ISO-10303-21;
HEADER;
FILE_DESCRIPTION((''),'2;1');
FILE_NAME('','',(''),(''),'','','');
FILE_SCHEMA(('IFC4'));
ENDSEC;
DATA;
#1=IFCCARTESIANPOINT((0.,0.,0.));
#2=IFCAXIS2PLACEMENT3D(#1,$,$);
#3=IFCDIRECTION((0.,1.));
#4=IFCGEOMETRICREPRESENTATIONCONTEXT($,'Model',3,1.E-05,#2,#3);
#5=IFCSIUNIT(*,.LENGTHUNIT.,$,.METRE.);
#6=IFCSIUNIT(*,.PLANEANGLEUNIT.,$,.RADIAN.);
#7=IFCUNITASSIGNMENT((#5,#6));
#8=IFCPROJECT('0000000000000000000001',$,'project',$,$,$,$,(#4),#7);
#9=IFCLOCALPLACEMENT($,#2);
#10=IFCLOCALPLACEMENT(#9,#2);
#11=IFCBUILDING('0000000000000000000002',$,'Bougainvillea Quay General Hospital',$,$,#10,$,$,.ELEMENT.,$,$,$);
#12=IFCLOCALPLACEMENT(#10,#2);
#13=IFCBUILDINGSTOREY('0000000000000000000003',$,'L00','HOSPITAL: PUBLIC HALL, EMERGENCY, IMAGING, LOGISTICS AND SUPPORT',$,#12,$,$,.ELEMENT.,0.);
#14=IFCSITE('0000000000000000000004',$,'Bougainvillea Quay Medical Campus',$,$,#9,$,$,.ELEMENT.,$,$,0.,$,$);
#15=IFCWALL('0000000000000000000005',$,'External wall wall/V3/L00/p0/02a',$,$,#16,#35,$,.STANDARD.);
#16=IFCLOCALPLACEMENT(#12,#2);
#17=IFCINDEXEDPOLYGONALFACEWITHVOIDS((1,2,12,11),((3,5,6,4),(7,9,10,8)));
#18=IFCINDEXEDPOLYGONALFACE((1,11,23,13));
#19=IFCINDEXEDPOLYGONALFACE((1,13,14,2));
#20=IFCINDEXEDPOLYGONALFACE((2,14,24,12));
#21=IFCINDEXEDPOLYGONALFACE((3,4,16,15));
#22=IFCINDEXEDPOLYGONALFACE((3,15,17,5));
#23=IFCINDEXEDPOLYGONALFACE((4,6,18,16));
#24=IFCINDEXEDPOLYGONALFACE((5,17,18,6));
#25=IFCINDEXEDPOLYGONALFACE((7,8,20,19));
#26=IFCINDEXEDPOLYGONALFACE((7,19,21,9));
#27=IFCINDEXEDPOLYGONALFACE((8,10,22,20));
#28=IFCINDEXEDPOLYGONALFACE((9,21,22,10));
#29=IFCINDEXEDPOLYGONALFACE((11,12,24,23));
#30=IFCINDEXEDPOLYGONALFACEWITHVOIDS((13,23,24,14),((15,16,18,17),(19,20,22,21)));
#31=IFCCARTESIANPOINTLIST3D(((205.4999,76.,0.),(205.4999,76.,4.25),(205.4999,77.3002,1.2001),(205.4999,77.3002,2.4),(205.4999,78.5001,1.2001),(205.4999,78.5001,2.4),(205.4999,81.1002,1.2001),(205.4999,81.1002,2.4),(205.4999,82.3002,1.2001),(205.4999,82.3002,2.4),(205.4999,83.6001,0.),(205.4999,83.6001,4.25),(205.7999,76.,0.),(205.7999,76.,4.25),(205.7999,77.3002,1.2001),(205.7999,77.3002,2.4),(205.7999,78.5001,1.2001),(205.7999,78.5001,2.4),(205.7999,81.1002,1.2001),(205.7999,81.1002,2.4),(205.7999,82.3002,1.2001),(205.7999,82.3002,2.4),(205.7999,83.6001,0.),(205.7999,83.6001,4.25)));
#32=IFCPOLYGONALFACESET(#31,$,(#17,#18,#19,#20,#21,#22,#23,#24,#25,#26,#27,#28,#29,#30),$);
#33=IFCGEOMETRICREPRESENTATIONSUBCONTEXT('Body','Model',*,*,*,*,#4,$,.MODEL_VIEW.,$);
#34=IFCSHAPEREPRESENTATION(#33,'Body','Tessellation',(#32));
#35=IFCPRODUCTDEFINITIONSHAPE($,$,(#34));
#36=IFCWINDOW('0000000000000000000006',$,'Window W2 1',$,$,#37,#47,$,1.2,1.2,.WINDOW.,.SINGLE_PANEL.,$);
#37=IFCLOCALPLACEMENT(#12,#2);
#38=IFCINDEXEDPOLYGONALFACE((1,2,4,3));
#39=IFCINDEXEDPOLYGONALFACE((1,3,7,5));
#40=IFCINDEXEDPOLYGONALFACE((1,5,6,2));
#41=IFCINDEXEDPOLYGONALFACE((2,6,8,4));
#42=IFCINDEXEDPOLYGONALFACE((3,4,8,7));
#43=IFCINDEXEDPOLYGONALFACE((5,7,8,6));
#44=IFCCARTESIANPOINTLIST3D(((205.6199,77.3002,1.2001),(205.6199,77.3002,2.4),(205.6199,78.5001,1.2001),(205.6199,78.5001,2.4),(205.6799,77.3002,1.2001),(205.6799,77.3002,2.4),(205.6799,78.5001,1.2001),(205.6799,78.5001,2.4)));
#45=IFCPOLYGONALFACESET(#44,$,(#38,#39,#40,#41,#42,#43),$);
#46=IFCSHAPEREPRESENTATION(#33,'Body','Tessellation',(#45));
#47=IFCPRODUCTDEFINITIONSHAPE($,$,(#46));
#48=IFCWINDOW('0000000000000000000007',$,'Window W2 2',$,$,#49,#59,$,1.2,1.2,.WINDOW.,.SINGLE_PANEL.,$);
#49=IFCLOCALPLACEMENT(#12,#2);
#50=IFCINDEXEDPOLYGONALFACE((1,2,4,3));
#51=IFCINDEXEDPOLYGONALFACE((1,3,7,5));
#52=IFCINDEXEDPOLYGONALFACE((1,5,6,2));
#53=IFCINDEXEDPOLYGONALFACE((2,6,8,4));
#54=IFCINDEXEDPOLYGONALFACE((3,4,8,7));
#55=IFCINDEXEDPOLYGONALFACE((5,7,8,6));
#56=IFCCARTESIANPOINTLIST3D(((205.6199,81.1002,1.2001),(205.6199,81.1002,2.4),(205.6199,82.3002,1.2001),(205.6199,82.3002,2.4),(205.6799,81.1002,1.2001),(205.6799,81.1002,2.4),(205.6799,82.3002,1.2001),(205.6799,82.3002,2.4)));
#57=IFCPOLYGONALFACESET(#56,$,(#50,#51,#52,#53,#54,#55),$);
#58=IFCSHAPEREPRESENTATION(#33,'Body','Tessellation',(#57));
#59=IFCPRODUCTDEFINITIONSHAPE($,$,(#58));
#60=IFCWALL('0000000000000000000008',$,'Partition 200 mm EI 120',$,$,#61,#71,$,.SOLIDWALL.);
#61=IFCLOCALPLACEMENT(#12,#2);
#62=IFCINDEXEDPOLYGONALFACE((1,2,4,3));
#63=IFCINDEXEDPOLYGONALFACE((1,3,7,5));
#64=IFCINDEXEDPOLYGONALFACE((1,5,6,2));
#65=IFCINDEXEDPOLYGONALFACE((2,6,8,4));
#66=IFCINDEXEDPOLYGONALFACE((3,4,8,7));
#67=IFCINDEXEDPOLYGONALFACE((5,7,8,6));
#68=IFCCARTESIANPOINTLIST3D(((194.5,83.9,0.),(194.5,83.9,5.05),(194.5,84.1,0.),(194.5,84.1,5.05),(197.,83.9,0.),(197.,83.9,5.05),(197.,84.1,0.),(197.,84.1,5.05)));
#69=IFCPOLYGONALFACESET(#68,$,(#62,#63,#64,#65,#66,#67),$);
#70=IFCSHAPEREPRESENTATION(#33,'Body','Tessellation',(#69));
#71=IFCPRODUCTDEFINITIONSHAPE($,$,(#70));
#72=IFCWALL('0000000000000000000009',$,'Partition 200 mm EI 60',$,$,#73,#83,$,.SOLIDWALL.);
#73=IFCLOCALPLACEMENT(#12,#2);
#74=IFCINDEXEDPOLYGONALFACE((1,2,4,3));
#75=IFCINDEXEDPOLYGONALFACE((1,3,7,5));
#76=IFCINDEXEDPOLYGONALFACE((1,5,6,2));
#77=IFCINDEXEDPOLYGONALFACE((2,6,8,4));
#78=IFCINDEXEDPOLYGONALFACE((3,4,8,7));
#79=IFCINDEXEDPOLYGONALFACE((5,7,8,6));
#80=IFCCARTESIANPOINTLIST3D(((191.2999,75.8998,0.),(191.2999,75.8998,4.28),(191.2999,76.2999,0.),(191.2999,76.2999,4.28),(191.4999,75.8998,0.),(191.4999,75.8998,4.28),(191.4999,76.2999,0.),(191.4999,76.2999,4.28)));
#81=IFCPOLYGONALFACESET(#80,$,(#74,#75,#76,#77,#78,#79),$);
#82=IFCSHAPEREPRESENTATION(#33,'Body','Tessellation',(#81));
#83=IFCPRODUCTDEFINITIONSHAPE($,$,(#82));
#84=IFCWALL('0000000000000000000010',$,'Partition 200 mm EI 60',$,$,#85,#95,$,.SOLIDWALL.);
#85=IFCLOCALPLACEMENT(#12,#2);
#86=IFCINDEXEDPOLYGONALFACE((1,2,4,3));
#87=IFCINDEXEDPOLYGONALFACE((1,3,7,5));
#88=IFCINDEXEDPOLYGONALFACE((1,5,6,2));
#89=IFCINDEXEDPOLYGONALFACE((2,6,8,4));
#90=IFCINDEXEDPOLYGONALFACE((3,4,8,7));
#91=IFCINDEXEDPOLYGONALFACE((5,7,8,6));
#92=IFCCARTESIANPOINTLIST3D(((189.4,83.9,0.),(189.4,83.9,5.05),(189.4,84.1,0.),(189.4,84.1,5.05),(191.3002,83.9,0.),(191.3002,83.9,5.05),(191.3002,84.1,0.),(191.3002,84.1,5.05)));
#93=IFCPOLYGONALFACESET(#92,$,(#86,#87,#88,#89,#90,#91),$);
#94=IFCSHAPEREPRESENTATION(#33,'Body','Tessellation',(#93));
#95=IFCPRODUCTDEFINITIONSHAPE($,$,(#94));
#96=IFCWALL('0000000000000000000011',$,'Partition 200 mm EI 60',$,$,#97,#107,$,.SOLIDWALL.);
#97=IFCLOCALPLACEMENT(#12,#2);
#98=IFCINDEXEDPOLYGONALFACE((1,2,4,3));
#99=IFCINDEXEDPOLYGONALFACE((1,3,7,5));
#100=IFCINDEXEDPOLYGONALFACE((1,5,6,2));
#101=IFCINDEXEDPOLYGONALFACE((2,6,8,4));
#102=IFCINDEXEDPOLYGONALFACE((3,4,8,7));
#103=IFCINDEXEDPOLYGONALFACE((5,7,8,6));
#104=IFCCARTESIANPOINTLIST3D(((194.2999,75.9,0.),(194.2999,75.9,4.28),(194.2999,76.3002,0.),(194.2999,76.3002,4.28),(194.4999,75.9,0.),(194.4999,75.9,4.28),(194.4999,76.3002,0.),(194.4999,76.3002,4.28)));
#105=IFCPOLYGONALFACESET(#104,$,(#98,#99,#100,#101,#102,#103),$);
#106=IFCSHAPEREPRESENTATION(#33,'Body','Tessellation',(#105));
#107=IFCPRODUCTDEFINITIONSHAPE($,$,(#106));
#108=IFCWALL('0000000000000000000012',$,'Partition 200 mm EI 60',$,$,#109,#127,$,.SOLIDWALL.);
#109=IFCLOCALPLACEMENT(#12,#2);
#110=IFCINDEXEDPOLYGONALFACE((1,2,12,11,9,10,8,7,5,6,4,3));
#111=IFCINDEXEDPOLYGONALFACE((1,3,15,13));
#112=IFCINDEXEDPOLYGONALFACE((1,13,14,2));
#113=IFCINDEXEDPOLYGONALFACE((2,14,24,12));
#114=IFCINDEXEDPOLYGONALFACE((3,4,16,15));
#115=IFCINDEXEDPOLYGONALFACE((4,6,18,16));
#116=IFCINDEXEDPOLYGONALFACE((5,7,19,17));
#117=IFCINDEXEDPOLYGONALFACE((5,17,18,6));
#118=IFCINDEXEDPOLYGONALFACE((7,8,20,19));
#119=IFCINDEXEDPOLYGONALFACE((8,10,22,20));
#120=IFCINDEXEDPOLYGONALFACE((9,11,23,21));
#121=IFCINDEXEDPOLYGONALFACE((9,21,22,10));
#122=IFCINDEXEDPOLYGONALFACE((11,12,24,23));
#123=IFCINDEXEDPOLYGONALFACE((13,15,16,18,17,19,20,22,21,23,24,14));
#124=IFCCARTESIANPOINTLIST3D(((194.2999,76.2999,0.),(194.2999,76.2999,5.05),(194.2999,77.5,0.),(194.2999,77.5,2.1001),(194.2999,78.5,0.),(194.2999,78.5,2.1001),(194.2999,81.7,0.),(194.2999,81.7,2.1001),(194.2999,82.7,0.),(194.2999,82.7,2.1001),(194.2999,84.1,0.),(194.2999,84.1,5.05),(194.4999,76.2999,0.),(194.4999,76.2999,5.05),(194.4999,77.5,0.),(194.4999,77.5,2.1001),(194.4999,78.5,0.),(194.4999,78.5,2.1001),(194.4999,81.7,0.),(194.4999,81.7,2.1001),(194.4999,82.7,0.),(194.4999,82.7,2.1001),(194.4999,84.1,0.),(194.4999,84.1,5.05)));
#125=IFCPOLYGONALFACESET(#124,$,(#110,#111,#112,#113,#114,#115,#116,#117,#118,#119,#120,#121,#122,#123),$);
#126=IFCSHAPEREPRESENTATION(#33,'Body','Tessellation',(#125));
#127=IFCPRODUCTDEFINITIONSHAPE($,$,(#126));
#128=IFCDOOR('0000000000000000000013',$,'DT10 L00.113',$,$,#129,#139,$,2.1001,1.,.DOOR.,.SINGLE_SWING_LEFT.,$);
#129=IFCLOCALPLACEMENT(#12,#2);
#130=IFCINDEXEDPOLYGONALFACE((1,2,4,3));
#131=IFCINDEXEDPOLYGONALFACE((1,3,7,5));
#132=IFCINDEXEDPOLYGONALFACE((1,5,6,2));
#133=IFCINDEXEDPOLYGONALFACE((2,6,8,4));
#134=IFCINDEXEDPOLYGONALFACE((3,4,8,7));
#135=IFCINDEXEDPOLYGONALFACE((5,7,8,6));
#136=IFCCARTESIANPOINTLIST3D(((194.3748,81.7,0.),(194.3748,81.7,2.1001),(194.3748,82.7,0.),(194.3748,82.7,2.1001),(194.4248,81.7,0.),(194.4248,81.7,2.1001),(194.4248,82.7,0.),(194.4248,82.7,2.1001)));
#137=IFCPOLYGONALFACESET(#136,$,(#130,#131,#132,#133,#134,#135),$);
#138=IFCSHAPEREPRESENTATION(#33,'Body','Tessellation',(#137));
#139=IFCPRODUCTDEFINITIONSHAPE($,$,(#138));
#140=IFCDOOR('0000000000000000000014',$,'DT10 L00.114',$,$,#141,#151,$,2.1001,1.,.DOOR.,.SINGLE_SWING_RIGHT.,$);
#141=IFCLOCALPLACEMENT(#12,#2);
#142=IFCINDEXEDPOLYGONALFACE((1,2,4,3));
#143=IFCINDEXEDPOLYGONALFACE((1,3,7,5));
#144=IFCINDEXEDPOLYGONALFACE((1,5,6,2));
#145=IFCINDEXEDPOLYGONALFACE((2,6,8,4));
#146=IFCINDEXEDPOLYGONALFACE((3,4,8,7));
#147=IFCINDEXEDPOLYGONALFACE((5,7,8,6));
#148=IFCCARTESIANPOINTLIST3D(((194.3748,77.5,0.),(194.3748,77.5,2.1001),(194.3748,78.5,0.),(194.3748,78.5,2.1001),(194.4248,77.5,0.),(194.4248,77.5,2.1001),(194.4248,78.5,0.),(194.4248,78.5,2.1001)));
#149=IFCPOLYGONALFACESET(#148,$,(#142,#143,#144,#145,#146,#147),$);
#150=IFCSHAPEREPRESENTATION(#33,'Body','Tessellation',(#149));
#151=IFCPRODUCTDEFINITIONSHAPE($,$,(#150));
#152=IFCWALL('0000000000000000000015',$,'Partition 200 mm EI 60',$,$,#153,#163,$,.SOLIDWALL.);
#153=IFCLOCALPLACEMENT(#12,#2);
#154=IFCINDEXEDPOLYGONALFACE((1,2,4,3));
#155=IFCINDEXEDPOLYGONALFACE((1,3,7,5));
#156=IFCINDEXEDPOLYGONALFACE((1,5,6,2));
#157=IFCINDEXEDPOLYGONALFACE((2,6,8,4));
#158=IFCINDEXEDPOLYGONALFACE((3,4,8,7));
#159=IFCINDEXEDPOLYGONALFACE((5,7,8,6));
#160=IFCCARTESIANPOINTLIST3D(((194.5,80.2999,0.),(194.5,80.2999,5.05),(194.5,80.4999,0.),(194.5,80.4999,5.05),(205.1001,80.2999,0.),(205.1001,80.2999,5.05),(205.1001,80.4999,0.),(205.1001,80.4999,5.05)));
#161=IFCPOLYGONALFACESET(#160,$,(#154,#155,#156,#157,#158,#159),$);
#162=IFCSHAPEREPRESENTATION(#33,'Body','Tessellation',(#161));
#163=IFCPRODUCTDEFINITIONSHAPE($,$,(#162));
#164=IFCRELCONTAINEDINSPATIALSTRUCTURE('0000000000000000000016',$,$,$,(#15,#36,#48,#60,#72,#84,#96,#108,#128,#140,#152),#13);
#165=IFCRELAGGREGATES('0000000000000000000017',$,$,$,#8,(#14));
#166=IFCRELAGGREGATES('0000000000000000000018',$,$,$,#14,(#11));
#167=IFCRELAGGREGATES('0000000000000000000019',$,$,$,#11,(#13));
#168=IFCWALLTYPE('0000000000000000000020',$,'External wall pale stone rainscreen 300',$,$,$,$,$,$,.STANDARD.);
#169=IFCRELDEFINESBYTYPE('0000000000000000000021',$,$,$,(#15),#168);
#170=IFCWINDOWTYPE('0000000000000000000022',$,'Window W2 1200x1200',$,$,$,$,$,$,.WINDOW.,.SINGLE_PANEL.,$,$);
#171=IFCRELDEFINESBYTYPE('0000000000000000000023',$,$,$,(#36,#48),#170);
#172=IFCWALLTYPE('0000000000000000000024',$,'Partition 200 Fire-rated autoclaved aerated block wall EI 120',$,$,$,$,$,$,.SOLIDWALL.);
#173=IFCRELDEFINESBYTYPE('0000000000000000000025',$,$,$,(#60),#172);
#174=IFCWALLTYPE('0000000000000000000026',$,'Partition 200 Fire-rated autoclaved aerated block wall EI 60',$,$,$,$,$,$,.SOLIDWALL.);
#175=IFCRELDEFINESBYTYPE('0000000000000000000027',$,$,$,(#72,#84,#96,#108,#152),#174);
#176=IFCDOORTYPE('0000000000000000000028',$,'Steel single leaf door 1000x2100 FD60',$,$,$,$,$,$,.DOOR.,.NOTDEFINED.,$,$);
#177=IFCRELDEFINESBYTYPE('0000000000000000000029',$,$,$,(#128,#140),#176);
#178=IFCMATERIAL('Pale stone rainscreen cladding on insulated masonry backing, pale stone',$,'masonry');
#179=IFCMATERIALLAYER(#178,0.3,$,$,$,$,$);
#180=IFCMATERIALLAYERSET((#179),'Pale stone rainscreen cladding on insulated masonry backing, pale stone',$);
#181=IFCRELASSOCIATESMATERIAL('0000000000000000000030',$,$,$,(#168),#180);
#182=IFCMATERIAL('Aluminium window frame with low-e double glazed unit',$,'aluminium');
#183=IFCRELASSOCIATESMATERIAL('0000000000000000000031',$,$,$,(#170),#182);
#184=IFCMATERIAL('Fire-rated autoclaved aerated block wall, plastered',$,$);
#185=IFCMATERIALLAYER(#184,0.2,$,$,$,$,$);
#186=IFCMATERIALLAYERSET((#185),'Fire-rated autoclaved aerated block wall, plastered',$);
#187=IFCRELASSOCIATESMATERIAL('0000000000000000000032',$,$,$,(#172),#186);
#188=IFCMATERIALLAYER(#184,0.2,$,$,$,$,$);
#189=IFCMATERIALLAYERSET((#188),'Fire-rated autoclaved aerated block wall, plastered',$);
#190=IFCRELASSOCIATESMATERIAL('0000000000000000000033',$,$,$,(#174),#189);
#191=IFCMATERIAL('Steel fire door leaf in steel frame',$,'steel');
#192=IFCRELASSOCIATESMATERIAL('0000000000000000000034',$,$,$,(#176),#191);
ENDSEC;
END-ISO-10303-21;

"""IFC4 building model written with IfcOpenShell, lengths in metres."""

from ifc_helpers import new_model, si_unit, direction, frame, frame_2d, origin, place, context, subcontext, project, spatial, rectangle, extrude, material, layer, layer_set, type_object, element, fill, save


model = new_model("IFC4")

# Units and contexts
model_context = context("Model", 3, precision=1e-05, world=origin(), true_north=direction((0.0, 1.0)))
body_context = subcontext(model_context, "Body", "Model", "MODEL_VIEW")
ifc_project = project(units=[si_unit("LENGTHUNIT", "METRE"), si_unit("PLANEANGLEUNIT", "RADIAN")], contexts=[model_context])

# Site, building, storey
site_placement = place(None, origin())
site = spatial("IfcSite", under=ifc_project, at=site_placement, Name="Bougainvillea Quay Medical Campus", CompositionType="ELEMENT", RefElevation=0.0)
building_placement = place(site_placement, origin())
building = spatial("IfcBuilding", under=site, at=building_placement, Name="Bougainvillea Quay General Hospital", CompositionType="ELEMENT")
storey_placement = place(building_placement, origin())
storey = spatial("IfcBuildingStorey", under=building, at=storey_placement, Name="L00", Description="HOSPITAL: PUBLIC HALL, EMERGENCY, IMAGING, LOGISTICS AND SUPPORT", CompositionType="ELEMENT", Elevation=0.0)

# Shared definitions
ifc_material_1 = material(Name="Pale stone rainscreen cladding on insulated masonry backing, pale stone", Category="masonry")
ifc_layer_1 = layer(ifc_material_1, 0.3)
ifc_layer_set_1 = layer_set([ifc_layer_1], Name="Pale stone rainscreen cladding on insulated masonry backing, pale stone")
wall_type_1 = type_object("IfcWallType", Name="External wall pale stone rainscreen 300", PredefinedType="STANDARD", material=ifc_layer_set_1)
ifc_material_2 = material(Name="Aluminium window frame with low-e double glazed unit", Category="aluminium")
window_type = type_object("IfcWindowType", Name="Window W2 1200x1200", PartitioningType="SINGLE_PANEL", PredefinedType="WINDOW", material=ifc_material_2)

# Wall, openings, windows
wall_1_placement = place(storey_placement, frame((205.6499, 76.0, 0.0), z_axis=(0.0, 0.0, 1.0), x_axis=(0.0, 1.0, 0.0)))
wall_1 = element("IfcWall", 1, at=wall_1_placement, inside=storey, type_object=wall_type_1, Name="External wall wall/V3/L00/p0/02a", PredefinedType="STANDARD", context=body_context, shape_type="SweptSolid", body=[
    extrude(rectangle(XDim=7.6001, YDim=0.3, at=frame_2d((3.8, 0.0))), origin(), (0.0, 0.0, 1.0), 4.25),
])
opening_1_placement = place(wall_1_placement, frame((1.3, 0.0, 1.2)))
opening_1 = element("IfcOpeningElement", 2, at=opening_1_placement, cuts=wall_1, PredefinedType="OPENING", context=body_context, shape_type="SweptSolid", body=[
    extrude(rectangle(XDim=1.2, YDim=1.2, at=frame_2d((0.6001, 0.6001))), frame((0.0, 0.1599, 0.0), z_axis=(0.0, -1.0, 0.0), x_axis=(1.0, 0.0, 0.0)), (0.0, 0.0, 1.0), 0.3201),
])
opening_2_placement = place(wall_1_placement, frame((5.1001, 0.0, 1.2)))
opening_2 = element("IfcOpeningElement", 3, at=opening_2_placement, cuts=wall_1, PredefinedType="OPENING", context=body_context, shape_type="SweptSolid", body=[
    extrude(rectangle(XDim=1.2, YDim=1.2, at=frame_2d((0.6001, 0.6001))), frame((0.0, 0.1599, 0.0), z_axis=(0.0, -1.0, 0.0), x_axis=(1.0, 0.0, 0.0)), (0.0, 0.0, 1.0), 0.3201),
])
window_1_placement = place(opening_1_placement, origin())
window_1 = element("IfcWindow", 4, at=window_1_placement, inside=storey, type_object=window_type, Name="Window W2 1", OverallHeight=1.2, OverallWidth=1.2, PartitioningType="SINGLE_PANEL", PredefinedType="WINDOW", context=body_context, shape_type="SweptSolid", body=[
    extrude(rectangle(XDim=1.2, YDim=1.2, at=frame_2d((0.6001, 0.6001))), frame((0.0, 0.03, 0.0), z_axis=(0.0, -1.0, 0.0), x_axis=(1.0, 0.0, 0.0)), (0.0, 0.0, 1.0), 0.0601),
])
fill(opening_1, window_1)
window_2_placement = place(opening_2_placement, origin())
window_2 = element("IfcWindow", 5, at=window_2_placement, inside=storey, type_object=window_type, Name="Window W2 2", OverallHeight=1.2, OverallWidth=1.2, PartitioningType="SINGLE_PANEL", PredefinedType="WINDOW", context=body_context, shape_type="SweptSolid", body=[
    extrude(rectangle(XDim=1.2, YDim=1.2, at=frame_2d((0.6001, 0.6001))), frame((0.0, 0.03, 0.0), z_axis=(0.0, -1.0, 0.0), x_axis=(1.0, 0.0, 0.0)), (0.0, 0.0, 1.0), 0.0601),
])
fill(opening_2, window_2)

# Walls
ifc_material_3 = material(Name="Fire-rated autoclaved aerated block wall, plastered")
ifc_layer_2 = layer(ifc_material_3, 0.2)
ifc_layer_set_2 = layer_set([ifc_layer_2], Name="Fire-rated autoclaved aerated block wall, plastered")
wall_type_2 = type_object("IfcWallType", Name="Partition 200 Fire-rated autoclaved aerated block wall EI 120", PredefinedType="SOLIDWALL", material=ifc_layer_set_2)
wall_2_placement = place(storey_placement, frame((194.5, 84.0, 0.0), z_axis=(0.0, 0.0, 1.0), x_axis=(1.0, 0.0, 0.0)))
element("IfcWall", 6, at=wall_2_placement, inside=storey, type_object=wall_type_2, Name="Partition 200 mm EI 120", PredefinedType="SOLIDWALL", context=body_context, shape_type="SweptSolid", body=[
    extrude(rectangle(XDim=2.5, YDim=0.2, at=frame_2d((1.25, 0.0))), origin(), (0.0, 0.0, 1.0), 5.05),
])
ifc_layer_3 = layer(ifc_material_3, 0.2)
ifc_layer_set_3 = layer_set([ifc_layer_3], Name="Fire-rated autoclaved aerated block wall, plastered")
wall_type_3 = type_object("IfcWallType", Name="Partition 200 Fire-rated autoclaved aerated block wall EI 60", PredefinedType="SOLIDWALL", material=ifc_layer_set_3)
wall_3_placement = place(storey_placement, frame((191.3999, 76.3, 0.0), z_axis=(0.0, 0.0, 1.0), x_axis=(0.0, -1.0, 0.0)))
element("IfcWall", 7, at=wall_3_placement, inside=storey, type_object=wall_type_3, Name="Partition 200 mm EI 60", PredefinedType="SOLIDWALL", context=body_context, shape_type="SweptSolid", body=[
    extrude(rectangle(XDim=0.4001, YDim=0.2, at=frame_2d((0.2002, 0.0))), origin(), (0.0, 0.0, 1.0), 4.28),
])
wall_4_placement = place(storey_placement, frame((189.3999, 84.0, 0.0), z_axis=(0.0, 0.0, 1.0), x_axis=(1.0, 0.0, 0.0)))
element("IfcWall", 8, at=wall_4_placement, inside=storey, type_object=wall_type_3, Name="Partition 200 mm EI 60", PredefinedType="SOLIDWALL", context=body_context, shape_type="SweptSolid", body=[
    extrude(rectangle(XDim=1.9001, YDim=0.2, at=frame_2d((0.9502, 0.0))), origin(), (0.0, 0.0, 1.0), 5.05),
])
wall_5_placement = place(storey_placement, frame((194.3999, 75.8999, 0.0), z_axis=(0.0, 0.0, 1.0), x_axis=(0.0, 1.0, 0.0)))
element("IfcWall", 9, at=wall_5_placement, inside=storey, type_object=wall_type_3, Name="Partition 200 mm EI 60", PredefinedType="SOLIDWALL", context=body_context, shape_type="SweptSolid", body=[
    extrude(rectangle(XDim=0.4001, YDim=0.2, at=frame_2d((0.2002, 0.0))), origin(), (0.0, 0.0, 1.0), 4.28),
])

# Wall, openings, doors
wall_6_placement = place(storey_placement, frame((194.3999, 76.3, 0.0), z_axis=(0.0, 0.0, 1.0), x_axis=(0.0, 1.0, 0.0)))
wall_6 = element("IfcWall", 10, at=wall_6_placement, inside=storey, type_object=wall_type_3, Name="Partition 200 mm EI 60", PredefinedType="SOLIDWALL", context=body_context, shape_type="SweptSolid", body=[
    extrude(rectangle(XDim=7.8, YDim=0.2, at=frame_2d((3.8999, 0.0))), origin(), (0.0, 0.0, 1.0), 5.05),
])
opening_3_placement = place(wall_6_placement, frame((5.3999, 0.0, 0.0)))
opening_3 = element("IfcOpeningElement", 11, at=opening_3_placement, cuts=wall_6, PredefinedType="OPENING", context=body_context, shape_type="SweptSolid", body=[
    extrude(rectangle(XDim=1.0, YDim=2.1001, at=frame_2d((0.5, 1.05))), frame((0.0, 0.1099, 0.0), z_axis=(0.0, -1.0, 0.0), x_axis=(1.0, 0.0, 0.0)), (0.0, 0.0, 1.0), 0.22),
])
opening_4_placement = place(wall_6_placement, frame((1.2, 0.0, 0.0)))
opening_4 = element("IfcOpeningElement", 12, at=opening_4_placement, cuts=wall_6, PredefinedType="OPENING", context=body_context, shape_type="SweptSolid", body=[
    extrude(rectangle(XDim=1.0, YDim=2.1001, at=frame_2d((0.5, 1.05))), frame((0.0, 0.1099, 0.0), z_axis=(0.0, -1.0, 0.0), x_axis=(1.0, 0.0, 0.0)), (0.0, 0.0, 1.0), 0.22),
])
ifc_material_4 = material(Name="Steel fire door leaf in steel frame", Category="steel")
door_type_1 = type_object("IfcDoorType", Name="Steel single leaf door 1000x2100 FD60", OperationType="NOTDEFINED", PredefinedType="DOOR", material=ifc_material_4)
door_1_placement = place(opening_3_placement, frame((1.0, 0.0, 0.0), z_axis=(0.0, 0.0, 1.0), x_axis=(-1.0, 0.0, 0.0)))
door_1 = element("IfcDoor", 13, at=door_1_placement, inside=storey, type_object=door_type_1, Name="DT10 L00.113", OperationType="SINGLE_SWING_LEFT", OverallHeight=2.1001, OverallWidth=1.0, PredefinedType="DOOR", context=body_context, shape_type="SweptSolid", body=[
    extrude(rectangle(XDim=1.0, YDim=2.1001, at=frame_2d((0.5, 1.05))), frame((0.0, 0.0249, 0.0), z_axis=(0.0, -1.0, 0.0), x_axis=(1.0, 0.0, 0.0)), (0.0, 0.0, 1.0), 0.05),
])
fill(opening_3, door_1)
door_2_placement = place(opening_4_placement, frame((1.0, 0.0, 0.0), z_axis=(0.0, 0.0, 1.0), x_axis=(-1.0, 0.0, 0.0)))
door_2 = element("IfcDoor", 14, at=door_2_placement, inside=storey, type_object=door_type_1, Name="DT10 L00.114", OperationType="SINGLE_SWING_RIGHT", OverallHeight=2.1001, OverallWidth=1.0, PredefinedType="DOOR", context=body_context, shape_type="SweptSolid", body=[
    extrude(rectangle(XDim=1.0, YDim=2.1001, at=frame_2d((0.5, 1.05))), frame((0.0, 0.0249, 0.0), z_axis=(0.0, -1.0, 0.0), x_axis=(1.0, 0.0, 0.0)), (0.0, 0.0, 1.0), 0.05),
])
fill(opening_4, door_2)

# Wall
wall_7_placement = place(storey_placement, frame((194.5, 80.3999, 0.0), z_axis=(0.0, 0.0, 1.0), x_axis=(1.0, 0.0, 0.0)))
element("IfcWall", 15, at=wall_7_placement, inside=storey, type_object=wall_type_3, Name="Partition 200 mm EI 60", PredefinedType="SOLIDWALL", context=body_context, shape_type="SweptSolid", body=[
    extrude(rectangle(XDim=10.6001, YDim=0.2, at=frame_2d((5.3, 0.0))), origin(), (0.0, 0.0, 1.0), 5.05),
])

save(model, "model.ifc")
